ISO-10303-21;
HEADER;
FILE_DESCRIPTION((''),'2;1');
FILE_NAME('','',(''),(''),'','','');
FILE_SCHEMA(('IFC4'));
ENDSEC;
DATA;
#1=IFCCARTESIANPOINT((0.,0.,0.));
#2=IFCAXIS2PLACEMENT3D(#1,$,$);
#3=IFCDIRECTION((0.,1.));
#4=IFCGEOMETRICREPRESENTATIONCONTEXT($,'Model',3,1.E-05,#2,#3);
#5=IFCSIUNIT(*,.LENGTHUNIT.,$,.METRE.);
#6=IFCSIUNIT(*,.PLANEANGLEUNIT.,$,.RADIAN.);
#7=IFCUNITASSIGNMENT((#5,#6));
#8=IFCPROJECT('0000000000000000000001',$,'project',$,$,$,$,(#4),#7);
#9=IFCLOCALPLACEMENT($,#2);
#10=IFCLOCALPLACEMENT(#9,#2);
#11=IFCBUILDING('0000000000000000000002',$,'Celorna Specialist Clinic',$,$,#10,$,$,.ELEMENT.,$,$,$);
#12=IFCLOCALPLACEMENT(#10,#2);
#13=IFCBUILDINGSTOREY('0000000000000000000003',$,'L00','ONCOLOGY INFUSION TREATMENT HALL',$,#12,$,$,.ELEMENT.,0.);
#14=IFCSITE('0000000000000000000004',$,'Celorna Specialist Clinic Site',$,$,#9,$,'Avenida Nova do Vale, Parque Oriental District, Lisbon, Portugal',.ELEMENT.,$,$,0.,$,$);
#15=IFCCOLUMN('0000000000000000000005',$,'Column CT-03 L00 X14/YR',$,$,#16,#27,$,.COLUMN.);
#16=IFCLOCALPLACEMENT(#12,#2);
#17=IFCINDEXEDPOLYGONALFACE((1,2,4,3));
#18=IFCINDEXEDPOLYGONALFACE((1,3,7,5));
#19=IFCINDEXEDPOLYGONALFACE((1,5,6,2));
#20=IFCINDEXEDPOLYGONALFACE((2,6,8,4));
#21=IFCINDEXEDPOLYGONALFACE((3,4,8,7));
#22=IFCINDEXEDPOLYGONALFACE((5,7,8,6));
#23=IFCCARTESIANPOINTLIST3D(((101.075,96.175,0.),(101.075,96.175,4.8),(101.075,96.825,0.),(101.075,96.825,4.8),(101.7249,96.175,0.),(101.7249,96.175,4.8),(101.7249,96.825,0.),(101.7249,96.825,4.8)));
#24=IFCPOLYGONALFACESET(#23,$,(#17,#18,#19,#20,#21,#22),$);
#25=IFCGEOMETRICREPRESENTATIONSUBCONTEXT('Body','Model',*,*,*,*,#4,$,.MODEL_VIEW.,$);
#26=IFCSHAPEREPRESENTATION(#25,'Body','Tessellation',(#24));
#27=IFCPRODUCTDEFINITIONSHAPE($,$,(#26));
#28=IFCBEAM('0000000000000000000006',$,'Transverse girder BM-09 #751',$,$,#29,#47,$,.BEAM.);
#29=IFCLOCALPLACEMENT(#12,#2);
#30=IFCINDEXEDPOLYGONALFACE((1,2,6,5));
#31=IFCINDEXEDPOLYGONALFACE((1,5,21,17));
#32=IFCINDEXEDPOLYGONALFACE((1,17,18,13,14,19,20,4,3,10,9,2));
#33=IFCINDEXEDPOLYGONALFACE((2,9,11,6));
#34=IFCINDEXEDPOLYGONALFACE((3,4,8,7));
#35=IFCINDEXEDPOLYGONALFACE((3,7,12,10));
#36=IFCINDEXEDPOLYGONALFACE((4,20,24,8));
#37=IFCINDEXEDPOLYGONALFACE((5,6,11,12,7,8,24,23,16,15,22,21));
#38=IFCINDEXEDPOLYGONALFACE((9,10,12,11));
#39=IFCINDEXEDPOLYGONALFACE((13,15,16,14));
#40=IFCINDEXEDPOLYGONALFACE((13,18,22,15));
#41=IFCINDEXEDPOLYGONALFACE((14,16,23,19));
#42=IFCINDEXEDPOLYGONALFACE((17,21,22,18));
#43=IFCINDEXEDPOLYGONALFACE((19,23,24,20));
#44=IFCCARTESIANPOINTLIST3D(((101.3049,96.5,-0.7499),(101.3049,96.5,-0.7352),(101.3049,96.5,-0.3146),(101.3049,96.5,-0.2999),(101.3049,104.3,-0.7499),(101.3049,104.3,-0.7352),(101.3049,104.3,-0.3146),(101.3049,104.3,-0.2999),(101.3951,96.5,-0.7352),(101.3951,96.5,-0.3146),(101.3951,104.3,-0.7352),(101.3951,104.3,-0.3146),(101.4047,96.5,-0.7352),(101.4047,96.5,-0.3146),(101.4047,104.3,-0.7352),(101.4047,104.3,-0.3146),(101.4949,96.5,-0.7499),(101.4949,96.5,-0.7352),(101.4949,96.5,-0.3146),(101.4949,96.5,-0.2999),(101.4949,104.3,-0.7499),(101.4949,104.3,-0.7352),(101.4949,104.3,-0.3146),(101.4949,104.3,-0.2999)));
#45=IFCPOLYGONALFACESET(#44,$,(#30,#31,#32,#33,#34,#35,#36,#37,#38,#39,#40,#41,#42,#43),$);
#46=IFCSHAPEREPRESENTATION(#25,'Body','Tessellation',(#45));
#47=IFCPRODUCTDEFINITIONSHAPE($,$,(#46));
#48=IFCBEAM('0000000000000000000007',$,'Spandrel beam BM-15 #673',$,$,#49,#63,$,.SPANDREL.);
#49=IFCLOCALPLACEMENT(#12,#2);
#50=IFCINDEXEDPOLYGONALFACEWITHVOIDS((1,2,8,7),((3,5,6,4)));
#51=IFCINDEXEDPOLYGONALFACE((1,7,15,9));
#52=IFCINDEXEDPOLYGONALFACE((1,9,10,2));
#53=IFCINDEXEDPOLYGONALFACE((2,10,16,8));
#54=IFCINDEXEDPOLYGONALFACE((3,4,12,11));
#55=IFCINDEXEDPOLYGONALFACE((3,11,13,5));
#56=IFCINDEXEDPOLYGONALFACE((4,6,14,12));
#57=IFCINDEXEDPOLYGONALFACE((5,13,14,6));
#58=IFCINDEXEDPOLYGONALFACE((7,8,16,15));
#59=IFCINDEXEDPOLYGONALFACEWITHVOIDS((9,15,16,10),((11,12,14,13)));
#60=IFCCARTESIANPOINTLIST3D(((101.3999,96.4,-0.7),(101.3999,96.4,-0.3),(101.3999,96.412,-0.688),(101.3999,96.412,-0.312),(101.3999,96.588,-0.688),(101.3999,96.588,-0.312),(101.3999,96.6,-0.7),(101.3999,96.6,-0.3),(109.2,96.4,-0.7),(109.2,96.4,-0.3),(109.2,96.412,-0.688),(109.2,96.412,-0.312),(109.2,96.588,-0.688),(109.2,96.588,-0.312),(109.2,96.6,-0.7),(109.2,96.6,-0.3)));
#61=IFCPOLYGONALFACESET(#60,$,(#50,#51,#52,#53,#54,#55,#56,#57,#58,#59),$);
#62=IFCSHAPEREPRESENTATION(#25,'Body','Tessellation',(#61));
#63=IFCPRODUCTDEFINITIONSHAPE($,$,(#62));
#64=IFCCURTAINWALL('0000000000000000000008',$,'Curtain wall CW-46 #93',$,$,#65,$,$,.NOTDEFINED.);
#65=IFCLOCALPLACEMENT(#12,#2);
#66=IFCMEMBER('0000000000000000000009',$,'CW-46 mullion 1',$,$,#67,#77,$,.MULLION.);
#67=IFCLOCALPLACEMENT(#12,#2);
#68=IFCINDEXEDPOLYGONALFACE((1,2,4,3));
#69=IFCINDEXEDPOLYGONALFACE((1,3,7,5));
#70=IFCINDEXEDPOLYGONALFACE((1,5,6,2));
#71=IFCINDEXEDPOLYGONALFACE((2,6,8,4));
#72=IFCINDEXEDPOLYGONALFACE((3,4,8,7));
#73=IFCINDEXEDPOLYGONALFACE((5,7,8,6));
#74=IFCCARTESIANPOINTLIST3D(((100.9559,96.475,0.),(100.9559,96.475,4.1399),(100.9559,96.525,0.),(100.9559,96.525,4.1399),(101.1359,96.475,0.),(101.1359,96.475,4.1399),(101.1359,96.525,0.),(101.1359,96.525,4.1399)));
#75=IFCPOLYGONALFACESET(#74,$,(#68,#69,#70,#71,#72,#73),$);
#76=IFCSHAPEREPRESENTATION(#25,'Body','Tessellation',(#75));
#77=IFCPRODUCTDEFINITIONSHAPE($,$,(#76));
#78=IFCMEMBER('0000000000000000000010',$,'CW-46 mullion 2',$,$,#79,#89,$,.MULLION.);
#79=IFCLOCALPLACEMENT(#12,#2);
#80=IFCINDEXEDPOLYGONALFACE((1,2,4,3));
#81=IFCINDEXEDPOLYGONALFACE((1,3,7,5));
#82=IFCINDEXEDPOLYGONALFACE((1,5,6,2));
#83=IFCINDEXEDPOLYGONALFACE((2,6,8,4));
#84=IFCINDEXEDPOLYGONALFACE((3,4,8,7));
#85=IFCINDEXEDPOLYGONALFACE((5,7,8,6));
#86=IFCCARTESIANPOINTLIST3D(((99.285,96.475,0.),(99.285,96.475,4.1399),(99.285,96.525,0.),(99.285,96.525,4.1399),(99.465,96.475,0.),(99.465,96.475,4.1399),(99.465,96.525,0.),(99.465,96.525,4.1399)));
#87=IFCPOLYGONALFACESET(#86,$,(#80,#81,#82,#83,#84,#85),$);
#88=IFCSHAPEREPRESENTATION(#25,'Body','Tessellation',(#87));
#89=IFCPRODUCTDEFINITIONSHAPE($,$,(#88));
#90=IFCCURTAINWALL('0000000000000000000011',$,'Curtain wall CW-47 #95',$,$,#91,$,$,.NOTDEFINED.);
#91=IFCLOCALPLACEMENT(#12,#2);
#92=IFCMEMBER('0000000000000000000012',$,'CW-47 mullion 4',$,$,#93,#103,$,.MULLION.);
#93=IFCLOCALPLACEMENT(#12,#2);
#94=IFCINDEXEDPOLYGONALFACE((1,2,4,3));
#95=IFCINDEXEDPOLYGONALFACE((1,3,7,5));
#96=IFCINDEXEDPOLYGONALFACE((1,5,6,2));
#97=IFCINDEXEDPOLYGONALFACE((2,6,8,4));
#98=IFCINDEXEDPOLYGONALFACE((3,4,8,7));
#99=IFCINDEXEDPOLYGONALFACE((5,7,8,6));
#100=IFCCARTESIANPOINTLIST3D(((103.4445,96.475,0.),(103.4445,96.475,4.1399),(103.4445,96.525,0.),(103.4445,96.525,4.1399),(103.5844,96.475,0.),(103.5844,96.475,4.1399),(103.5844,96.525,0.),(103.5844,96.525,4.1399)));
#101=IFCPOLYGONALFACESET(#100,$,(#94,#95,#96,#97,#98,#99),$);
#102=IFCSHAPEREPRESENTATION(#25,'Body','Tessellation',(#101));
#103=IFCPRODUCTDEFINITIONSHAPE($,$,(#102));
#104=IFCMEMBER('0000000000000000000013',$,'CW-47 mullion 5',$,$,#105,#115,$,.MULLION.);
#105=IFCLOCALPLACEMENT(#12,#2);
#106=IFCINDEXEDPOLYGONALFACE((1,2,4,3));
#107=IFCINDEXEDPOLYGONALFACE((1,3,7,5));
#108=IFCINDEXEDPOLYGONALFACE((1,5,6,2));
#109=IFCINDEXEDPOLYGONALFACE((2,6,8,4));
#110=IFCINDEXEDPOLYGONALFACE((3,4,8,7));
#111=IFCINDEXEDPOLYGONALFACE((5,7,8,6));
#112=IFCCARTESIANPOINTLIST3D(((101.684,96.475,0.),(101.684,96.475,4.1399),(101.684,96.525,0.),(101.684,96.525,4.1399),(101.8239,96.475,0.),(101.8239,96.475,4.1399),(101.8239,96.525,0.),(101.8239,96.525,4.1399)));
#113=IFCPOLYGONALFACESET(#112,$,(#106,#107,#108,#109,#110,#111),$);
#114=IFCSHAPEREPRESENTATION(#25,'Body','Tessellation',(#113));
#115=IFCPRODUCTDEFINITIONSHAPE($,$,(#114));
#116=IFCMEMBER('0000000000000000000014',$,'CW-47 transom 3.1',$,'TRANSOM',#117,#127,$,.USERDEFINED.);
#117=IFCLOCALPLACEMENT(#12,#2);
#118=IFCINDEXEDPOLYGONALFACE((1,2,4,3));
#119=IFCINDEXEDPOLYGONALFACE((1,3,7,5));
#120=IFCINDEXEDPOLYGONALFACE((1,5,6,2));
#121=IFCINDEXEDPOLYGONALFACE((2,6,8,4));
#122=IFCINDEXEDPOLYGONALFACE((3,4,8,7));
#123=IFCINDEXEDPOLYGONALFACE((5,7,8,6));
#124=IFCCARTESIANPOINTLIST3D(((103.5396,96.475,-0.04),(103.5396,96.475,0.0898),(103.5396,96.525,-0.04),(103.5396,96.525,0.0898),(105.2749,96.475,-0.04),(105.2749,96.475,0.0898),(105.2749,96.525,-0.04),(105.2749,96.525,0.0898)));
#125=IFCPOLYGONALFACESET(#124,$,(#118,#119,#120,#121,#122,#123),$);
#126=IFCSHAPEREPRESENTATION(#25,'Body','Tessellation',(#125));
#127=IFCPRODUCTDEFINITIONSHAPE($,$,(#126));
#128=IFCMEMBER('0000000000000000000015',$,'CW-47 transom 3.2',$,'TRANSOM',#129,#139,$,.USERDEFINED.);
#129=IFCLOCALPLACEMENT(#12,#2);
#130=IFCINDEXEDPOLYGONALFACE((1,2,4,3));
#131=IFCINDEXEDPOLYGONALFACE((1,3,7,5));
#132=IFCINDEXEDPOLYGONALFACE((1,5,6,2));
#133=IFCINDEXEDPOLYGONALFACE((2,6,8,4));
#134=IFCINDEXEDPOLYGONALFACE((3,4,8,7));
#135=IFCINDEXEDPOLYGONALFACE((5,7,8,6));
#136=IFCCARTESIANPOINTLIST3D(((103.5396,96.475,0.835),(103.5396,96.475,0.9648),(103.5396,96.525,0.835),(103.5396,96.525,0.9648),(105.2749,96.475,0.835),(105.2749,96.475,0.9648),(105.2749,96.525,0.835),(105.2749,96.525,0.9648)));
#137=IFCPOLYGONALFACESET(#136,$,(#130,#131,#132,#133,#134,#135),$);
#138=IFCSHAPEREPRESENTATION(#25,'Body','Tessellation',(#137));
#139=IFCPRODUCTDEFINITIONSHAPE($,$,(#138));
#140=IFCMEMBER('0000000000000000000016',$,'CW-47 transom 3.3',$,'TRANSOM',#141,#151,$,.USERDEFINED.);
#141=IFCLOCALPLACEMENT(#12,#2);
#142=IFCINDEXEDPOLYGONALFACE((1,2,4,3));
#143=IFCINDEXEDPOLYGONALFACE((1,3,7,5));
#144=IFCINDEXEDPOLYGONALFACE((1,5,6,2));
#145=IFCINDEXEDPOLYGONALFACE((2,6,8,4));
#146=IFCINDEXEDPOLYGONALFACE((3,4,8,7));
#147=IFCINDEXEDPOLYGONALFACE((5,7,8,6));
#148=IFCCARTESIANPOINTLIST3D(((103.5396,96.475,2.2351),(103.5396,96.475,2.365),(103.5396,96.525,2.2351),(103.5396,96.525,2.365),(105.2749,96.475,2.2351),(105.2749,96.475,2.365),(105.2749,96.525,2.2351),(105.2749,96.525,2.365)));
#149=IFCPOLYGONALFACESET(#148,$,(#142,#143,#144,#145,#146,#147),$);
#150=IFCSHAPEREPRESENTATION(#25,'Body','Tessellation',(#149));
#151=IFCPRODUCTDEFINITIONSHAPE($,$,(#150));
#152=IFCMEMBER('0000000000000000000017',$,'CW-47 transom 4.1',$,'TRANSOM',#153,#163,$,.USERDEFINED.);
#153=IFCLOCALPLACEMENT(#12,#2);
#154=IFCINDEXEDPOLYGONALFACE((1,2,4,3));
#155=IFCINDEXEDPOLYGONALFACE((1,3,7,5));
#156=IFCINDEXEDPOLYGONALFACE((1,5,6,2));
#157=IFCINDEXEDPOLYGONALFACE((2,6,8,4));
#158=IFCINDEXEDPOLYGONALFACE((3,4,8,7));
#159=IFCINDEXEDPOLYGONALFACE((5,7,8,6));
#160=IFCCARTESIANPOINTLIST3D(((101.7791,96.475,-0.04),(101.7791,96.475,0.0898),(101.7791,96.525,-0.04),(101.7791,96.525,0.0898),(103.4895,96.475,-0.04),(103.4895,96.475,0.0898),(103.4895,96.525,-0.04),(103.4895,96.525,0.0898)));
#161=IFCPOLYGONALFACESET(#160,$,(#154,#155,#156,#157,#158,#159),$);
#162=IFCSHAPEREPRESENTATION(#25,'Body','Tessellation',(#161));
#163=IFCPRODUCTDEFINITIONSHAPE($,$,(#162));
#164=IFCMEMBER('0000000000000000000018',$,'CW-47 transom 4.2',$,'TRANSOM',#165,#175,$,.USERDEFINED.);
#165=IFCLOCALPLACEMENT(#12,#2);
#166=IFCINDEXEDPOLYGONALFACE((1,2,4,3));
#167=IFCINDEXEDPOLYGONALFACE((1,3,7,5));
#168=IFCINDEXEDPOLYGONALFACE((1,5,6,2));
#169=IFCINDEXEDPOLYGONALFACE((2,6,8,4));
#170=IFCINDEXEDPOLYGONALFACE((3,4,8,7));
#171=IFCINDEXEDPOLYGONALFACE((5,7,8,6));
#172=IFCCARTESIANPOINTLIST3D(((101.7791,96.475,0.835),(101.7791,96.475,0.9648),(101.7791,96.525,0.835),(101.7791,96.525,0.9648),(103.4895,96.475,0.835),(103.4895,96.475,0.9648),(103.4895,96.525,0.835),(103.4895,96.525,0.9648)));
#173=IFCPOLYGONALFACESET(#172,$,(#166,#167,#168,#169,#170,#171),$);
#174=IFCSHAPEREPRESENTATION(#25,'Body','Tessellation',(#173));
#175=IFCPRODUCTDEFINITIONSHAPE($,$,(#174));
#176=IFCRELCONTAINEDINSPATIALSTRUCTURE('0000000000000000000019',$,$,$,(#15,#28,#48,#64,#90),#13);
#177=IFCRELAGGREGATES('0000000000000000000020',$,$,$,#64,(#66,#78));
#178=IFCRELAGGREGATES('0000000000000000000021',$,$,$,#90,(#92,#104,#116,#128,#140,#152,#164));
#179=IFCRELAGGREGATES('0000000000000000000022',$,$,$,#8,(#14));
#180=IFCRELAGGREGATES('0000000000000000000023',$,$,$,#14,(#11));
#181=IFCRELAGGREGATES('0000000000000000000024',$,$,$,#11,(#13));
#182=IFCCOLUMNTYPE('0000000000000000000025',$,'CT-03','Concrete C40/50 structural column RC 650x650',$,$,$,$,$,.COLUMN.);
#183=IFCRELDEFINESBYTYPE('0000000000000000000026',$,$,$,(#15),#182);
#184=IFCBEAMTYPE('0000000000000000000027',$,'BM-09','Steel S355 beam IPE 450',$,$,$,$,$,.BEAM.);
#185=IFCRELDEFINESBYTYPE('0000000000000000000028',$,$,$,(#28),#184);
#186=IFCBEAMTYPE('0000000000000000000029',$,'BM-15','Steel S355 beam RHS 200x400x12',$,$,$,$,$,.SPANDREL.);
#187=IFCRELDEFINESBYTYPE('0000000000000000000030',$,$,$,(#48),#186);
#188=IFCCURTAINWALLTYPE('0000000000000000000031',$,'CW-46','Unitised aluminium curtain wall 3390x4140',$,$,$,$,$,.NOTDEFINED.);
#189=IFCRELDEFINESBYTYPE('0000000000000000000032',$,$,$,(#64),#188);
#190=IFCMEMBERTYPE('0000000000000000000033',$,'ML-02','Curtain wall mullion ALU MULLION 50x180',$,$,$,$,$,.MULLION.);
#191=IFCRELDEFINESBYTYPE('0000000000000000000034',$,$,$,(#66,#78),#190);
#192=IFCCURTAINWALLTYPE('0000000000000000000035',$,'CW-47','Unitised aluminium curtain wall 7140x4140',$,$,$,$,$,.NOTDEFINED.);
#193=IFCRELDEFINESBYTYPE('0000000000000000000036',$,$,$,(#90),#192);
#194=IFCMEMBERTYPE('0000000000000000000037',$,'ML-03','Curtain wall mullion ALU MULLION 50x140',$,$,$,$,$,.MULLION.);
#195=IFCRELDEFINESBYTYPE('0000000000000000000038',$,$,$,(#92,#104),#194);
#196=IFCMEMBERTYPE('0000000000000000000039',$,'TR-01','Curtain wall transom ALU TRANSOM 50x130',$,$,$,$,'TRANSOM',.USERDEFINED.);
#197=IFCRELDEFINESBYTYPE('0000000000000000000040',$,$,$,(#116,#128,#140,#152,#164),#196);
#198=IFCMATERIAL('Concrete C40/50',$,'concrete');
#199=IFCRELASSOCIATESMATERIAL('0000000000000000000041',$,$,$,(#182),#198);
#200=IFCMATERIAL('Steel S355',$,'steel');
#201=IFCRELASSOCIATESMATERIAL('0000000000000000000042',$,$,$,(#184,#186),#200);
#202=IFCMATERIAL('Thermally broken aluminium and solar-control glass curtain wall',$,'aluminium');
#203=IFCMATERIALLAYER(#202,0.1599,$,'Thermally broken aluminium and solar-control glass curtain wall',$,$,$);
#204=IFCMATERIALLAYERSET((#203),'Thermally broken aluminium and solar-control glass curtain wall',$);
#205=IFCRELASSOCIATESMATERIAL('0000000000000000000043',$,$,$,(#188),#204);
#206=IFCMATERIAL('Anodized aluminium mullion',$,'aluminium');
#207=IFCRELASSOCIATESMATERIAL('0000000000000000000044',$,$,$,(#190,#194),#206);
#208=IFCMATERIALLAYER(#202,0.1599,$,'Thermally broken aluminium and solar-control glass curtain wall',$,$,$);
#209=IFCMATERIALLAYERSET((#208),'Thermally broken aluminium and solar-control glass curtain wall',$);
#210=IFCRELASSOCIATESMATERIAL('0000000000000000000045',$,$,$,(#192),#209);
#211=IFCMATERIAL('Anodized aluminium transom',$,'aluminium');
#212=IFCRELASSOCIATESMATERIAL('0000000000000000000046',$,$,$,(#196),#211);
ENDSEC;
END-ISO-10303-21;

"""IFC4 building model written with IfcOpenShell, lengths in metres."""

from ifc_helpers import new_model, si_unit, direction, frame, origin, origin_2d, place, context, subcontext, project, spatial, rectangle, hollow_rectangle, i_section, extrude, material, layer, layer_set, material_profile, profile_set, type_object, element, aggregate, save


model = new_model("IFC4")

# Units and contexts
model_context = context("Model", 3, precision=1e-05, world=origin(), true_north=direction((0.0, 1.0)))
body_context = subcontext(model_context, "Body", "Model", "MODEL_VIEW")
ifc_project = project(units=[si_unit("LENGTHUNIT", "METRE"), si_unit("PLANEANGLEUNIT", "RADIAN")], contexts=[model_context])

# Site, building, storey
site_placement = place(None, origin())
site = spatial("IfcSite", under=ifc_project, at=site_placement, Name="Celorna Specialist Clinic Site", LongName="Avenida Nova do Vale, Parque Oriental District, Lisbon, Portugal", CompositionType="ELEMENT", RefElevation=0.0)
building_placement = place(site_placement, origin())
building = spatial("IfcBuilding", under=site, at=building_placement, Name="Celorna Specialist Clinic", CompositionType="ELEMENT")
storey_placement = place(building_placement, origin())
storey = spatial("IfcBuildingStorey", under=building, at=storey_placement, Name="L00", Description="ONCOLOGY INFUSION TREATMENT HALL", CompositionType="ELEMENT", Elevation=0.0)

# Column
ifc_material_1 = material(Name="Concrete C40/50", Category="concrete")
ifc_material_profile_1 = material_profile(ifc_material_1, rectangle(XDim=0.6499, YDim=0.6499, at=origin_2d()), Name="RC 650x650")
ifc_profile_set_1 = profile_set([ifc_material_profile_1], Name="Concrete C40/50")
column_type = type_object("IfcColumnType", Name="CT-03", Description="Concrete C40/50 structural column RC 650x650", PredefinedType="COLUMN", material=ifc_profile_set_1)
column_placement = place(storey_placement, frame((101.3999, 96.5, 0.0), z_axis=(0.0, 0.0, 1.0), x_axis=(1.0, 0.0, 0.0)))
element("IfcColumn", 1, at=column_placement, inside=storey, type_object=column_type, Name="Column CT-03 L00 X14/YR", PredefinedType="COLUMN", context=body_context, shape_type="SweptSolid", body=[
    extrude(rectangle(XDim=0.6499, YDim=0.6499, at=origin_2d()), origin(), (0.0, 0.0, 1.0), 4.8),
])

# Beams
ifc_material_2 = material(Name="Steel S355", Category="steel")
ifc_material_profile_2 = material_profile(ifc_material_2, i_section(OverallWidth=0.1899, OverallDepth=0.45, WebThickness=0.0095, FlangeThickness=0.0146, at=origin_2d()), Name="IPE 450")
ifc_profile_set_2 = profile_set([ifc_material_profile_2], Name="Steel S355")
beam_type_1 = type_object("IfcBeamType", Name="BM-09", Description="Steel S355 beam IPE 450", PredefinedType="BEAM", material=ifc_profile_set_2)
beam_1_placement = place(storey_placement, frame((101.3999, 96.5, -0.5249), z_axis=(0.0, 1.0, 0.0), x_axis=(-1.0, 0.0, 0.0)))
element("IfcBeam", 2, at=beam_1_placement, inside=storey, type_object=beam_type_1, Name="Transverse girder BM-09 #751", PredefinedType="BEAM", context=body_context, shape_type="SweptSolid", body=[
    extrude(i_section(OverallWidth=0.1899, OverallDepth=0.45, WebThickness=0.0095, FlangeThickness=0.0146, at=origin_2d()), origin(), (0.0, 0.0, 1.0), 7.8),
])
ifc_material_profile_3 = material_profile(ifc_material_2, hollow_rectangle(XDim=0.2, YDim=0.3999, WallThickness=0.012, at=origin_2d()), Name="RHS 200x400x12")
ifc_profile_set_3 = profile_set([ifc_material_profile_3], Name="Steel S355")
beam_type_2 = type_object("IfcBeamType", Name="BM-15", Description="Steel S355 beam RHS 200x400x12", PredefinedType="SPANDREL", material=ifc_profile_set_3)
beam_2_placement = place(storey_placement, frame((101.3999, 96.5, -0.5), z_axis=(1.0, 0.0, 0.0), x_axis=(0.0, 1.0, 0.0)))
element("IfcBeam", 3, at=beam_2_placement, inside=storey, type_object=beam_type_2, Name="Spandrel beam BM-15 #673", PredefinedType="SPANDREL", context=body_context, shape_type="SweptSolid", body=[
    extrude(hollow_rectangle(XDim=0.2, YDim=0.3999, WallThickness=0.012, at=origin_2d()), origin(), (0.0, 0.0, 1.0), 7.8),
])

# Curtain walls, members
ifc_material_3 = material(Name="Thermally broken aluminium and solar-control glass curtain wall", Category="aluminium")
ifc_layer_1 = layer(ifc_material_3, 0.1599, Name="Thermally broken aluminium and solar-control glass curtain wall")
ifc_layer_set_1 = layer_set([ifc_layer_1], Name="Thermally broken aluminium and solar-control glass curtain wall")
curtain_wall_type_1 = type_object("IfcCurtainWallType", Name="CW-46", Description="Unitised aluminium curtain wall 3390x4140", PredefinedType="NOTDEFINED", material=ifc_layer_set_1)
curtain_wall_1_placement = place(storey_placement, origin())
curtain_wall_1 = element("IfcCurtainWall", 4, at=curtain_wall_1_placement, inside=storey, type_object=curtain_wall_type_1, Name="Curtain wall CW-46 #93", PredefinedType="NOTDEFINED")
ifc_material_4 = material(Name="Anodized aluminium mullion", Category="aluminium")
ifc_material_profile_4 = material_profile(ifc_material_4, rectangle(XDim=0.05, YDim=0.1799, at=origin_2d()), Name="ALU MULLION 50x180")
ifc_profile_set_4 = profile_set([ifc_material_profile_4], Name="Anodized aluminium mullion")
member_type_1 = type_object("IfcMemberType", Name="ML-02", Description="Curtain wall mullion ALU MULLION 50x180", PredefinedType="MULLION", material=ifc_profile_set_4)
member_1_placement = place(storey_placement, frame((101.0459, 96.5, 0.0), z_axis=(0.0, 0.0, 1.0), x_axis=(0.0, -1.0, 0.0)))
member_1 = element("IfcMember", 5, at=member_1_placement, type_object=member_type_1, Name="CW-46 mullion 1", PredefinedType="MULLION", context=body_context, shape_type="SweptSolid", body=[
    extrude(rectangle(XDim=0.05, YDim=0.1799, at=origin_2d()), origin(), (0.0, 0.0, 1.0), 4.1399),
])
member_2_placement = place(storey_placement, frame((99.375, 96.5, 0.0), z_axis=(0.0, 0.0, 1.0), x_axis=(0.0, -1.0, 0.0)))
member_2 = element("IfcMember", 6, at=member_2_placement, type_object=member_type_1, Name="CW-46 mullion 2", PredefinedType="MULLION", context=body_context, shape_type="SweptSolid", body=[
    extrude(rectangle(XDim=0.05, YDim=0.1799, at=origin_2d()), origin(), (0.0, 0.0, 1.0), 4.1399),
])
ifc_layer_2 = layer(ifc_material_3, 0.1599, Name="Thermally broken aluminium and solar-control glass curtain wall")
ifc_layer_set_2 = layer_set([ifc_layer_2], Name="Thermally broken aluminium and solar-control glass curtain wall")
curtain_wall_type_2 = type_object("IfcCurtainWallType", Name="CW-47", Description="Unitised aluminium curtain wall 7140x4140", PredefinedType="NOTDEFINED", material=ifc_layer_set_2)
curtain_wall_2_placement = place(storey_placement, origin())
curtain_wall_2 = element("IfcCurtainWall", 7, at=curtain_wall_2_placement, inside=storey, type_object=curtain_wall_type_2, Name="Curtain wall CW-47 #95", PredefinedType="NOTDEFINED")
ifc_material_profile_5 = material_profile(ifc_material_4, rectangle(XDim=0.05, YDim=0.1399, at=origin_2d()), Name="ALU MULLION 50x140")
ifc_profile_set_5 = profile_set([ifc_material_profile_5], Name="Anodized aluminium mullion")
member_type_2 = type_object("IfcMemberType", Name="ML-03", Description="Curtain wall mullion ALU MULLION 50x140", PredefinedType="MULLION", material=ifc_profile_set_5)
member_3_placement = place(storey_placement, frame((103.5144, 96.5, 0.0), z_axis=(0.0, 0.0, 1.0), x_axis=(0.0, -1.0, 0.0)))
member_3 = element("IfcMember", 8, at=member_3_placement, type_object=member_type_2, Name="CW-47 mullion 4", PredefinedType="MULLION", context=body_context, shape_type="SweptSolid", body=[
    extrude(rectangle(XDim=0.05, YDim=0.1399, at=origin_2d()), origin(), (0.0, 0.0, 1.0), 4.1399),
])
member_4_placement = place(storey_placement, frame((101.7539, 96.5, 0.0), z_axis=(0.0, 0.0, 1.0), x_axis=(0.0, -1.0, 0.0)))
member_4 = element("IfcMember", 9, at=member_4_placement, type_object=member_type_2, Name="CW-47 mullion 5", PredefinedType="MULLION", context=body_context, shape_type="SweptSolid", body=[
    extrude(rectangle(XDim=0.05, YDim=0.1399, at=origin_2d()), origin(), (0.0, 0.0, 1.0), 4.1399),
])
ifc_material_5 = material(Name="Anodized aluminium transom", Category="aluminium")
ifc_material_profile_6 = material_profile(ifc_material_5, rectangle(XDim=0.05, YDim=0.1299, at=origin_2d()), Name="ALU TRANSOM 50x130")
ifc_profile_set_6 = profile_set([ifc_material_profile_6], Name="Anodized aluminium transom")
member_type_3 = type_object("IfcMemberType", Name="TR-01", Description="Curtain wall transom ALU TRANSOM 50x130", ElementType="TRANSOM", PredefinedType="USERDEFINED", material=ifc_profile_set_6)
member_5_placement = place(storey_placement, frame((105.2749, 96.5, 0.0249), z_axis=(-1.0, 0.0, 0.0), x_axis=(0.0, -1.0, 0.0)))
member_5 = element("IfcMember", 10, at=member_5_placement, type_object=member_type_3, Name="CW-47 transom 3.1", ObjectType="TRANSOM", PredefinedType="USERDEFINED", context=body_context, shape_type="SweptSolid", body=[
    extrude(rectangle(XDim=0.05, YDim=0.1299, at=origin_2d()), origin(), (0.0, 0.0, 1.0), 1.7354),
])
member_6_placement = place(storey_placement, frame((105.2749, 96.5, 0.8999), z_axis=(-1.0, 0.0, 0.0), x_axis=(0.0, -1.0, 0.0)))
member_6 = element("IfcMember", 11, at=member_6_placement, type_object=member_type_3, Name="CW-47 transom 3.2", ObjectType="TRANSOM", PredefinedType="USERDEFINED", context=body_context, shape_type="SweptSolid", body=[
    extrude(rectangle(XDim=0.05, YDim=0.1299, at=origin_2d()), origin(), (0.0, 0.0, 1.0), 1.7354),
])
member_7_placement = place(storey_placement, frame((105.2749, 96.5, 2.3), z_axis=(-1.0, 0.0, 0.0), x_axis=(0.0, -1.0, 0.0)))
member_7 = element("IfcMember", 12, at=member_7_placement, type_object=member_type_3, Name="CW-47 transom 3.3", ObjectType="TRANSOM", PredefinedType="USERDEFINED", context=body_context, shape_type="SweptSolid", body=[
    extrude(rectangle(XDim=0.05, YDim=0.1299, at=origin_2d()), origin(), (0.0, 0.0, 1.0), 1.7354),
])
member_8_placement = place(storey_placement, frame((103.4895, 96.5, 0.0249), z_axis=(-1.0, 0.0, 0.0), x_axis=(0.0, -1.0, 0.0)))
member_8 = element("IfcMember", 13, at=member_8_placement, type_object=member_type_3, Name="CW-47 transom 4.1", ObjectType="TRANSOM", PredefinedType="USERDEFINED", context=body_context, shape_type="SweptSolid", body=[
    extrude(rectangle(XDim=0.05, YDim=0.1299, at=origin_2d()), origin(), (0.0, 0.0, 1.0), 1.7104),
])
member_9_placement = place(storey_placement, frame((103.4895, 96.5, 0.8999), z_axis=(-1.0, 0.0, 0.0), x_axis=(0.0, -1.0, 0.0)))
member_9 = element("IfcMember", 14, at=member_9_placement, type_object=member_type_3, Name="CW-47 transom 4.2", ObjectType="TRANSOM", PredefinedType="USERDEFINED", context=body_context, shape_type="SweptSolid", body=[
    extrude(rectangle(XDim=0.05, YDim=0.1299, at=origin_2d()), origin(), (0.0, 0.0, 1.0), 1.7104),
])

aggregate(curtain_wall_1, [member_1, member_2])
aggregate(curtain_wall_2, [member_3, member_4, member_5, member_6, member_7, member_8, member_9])

save(model, "model.ifc")
